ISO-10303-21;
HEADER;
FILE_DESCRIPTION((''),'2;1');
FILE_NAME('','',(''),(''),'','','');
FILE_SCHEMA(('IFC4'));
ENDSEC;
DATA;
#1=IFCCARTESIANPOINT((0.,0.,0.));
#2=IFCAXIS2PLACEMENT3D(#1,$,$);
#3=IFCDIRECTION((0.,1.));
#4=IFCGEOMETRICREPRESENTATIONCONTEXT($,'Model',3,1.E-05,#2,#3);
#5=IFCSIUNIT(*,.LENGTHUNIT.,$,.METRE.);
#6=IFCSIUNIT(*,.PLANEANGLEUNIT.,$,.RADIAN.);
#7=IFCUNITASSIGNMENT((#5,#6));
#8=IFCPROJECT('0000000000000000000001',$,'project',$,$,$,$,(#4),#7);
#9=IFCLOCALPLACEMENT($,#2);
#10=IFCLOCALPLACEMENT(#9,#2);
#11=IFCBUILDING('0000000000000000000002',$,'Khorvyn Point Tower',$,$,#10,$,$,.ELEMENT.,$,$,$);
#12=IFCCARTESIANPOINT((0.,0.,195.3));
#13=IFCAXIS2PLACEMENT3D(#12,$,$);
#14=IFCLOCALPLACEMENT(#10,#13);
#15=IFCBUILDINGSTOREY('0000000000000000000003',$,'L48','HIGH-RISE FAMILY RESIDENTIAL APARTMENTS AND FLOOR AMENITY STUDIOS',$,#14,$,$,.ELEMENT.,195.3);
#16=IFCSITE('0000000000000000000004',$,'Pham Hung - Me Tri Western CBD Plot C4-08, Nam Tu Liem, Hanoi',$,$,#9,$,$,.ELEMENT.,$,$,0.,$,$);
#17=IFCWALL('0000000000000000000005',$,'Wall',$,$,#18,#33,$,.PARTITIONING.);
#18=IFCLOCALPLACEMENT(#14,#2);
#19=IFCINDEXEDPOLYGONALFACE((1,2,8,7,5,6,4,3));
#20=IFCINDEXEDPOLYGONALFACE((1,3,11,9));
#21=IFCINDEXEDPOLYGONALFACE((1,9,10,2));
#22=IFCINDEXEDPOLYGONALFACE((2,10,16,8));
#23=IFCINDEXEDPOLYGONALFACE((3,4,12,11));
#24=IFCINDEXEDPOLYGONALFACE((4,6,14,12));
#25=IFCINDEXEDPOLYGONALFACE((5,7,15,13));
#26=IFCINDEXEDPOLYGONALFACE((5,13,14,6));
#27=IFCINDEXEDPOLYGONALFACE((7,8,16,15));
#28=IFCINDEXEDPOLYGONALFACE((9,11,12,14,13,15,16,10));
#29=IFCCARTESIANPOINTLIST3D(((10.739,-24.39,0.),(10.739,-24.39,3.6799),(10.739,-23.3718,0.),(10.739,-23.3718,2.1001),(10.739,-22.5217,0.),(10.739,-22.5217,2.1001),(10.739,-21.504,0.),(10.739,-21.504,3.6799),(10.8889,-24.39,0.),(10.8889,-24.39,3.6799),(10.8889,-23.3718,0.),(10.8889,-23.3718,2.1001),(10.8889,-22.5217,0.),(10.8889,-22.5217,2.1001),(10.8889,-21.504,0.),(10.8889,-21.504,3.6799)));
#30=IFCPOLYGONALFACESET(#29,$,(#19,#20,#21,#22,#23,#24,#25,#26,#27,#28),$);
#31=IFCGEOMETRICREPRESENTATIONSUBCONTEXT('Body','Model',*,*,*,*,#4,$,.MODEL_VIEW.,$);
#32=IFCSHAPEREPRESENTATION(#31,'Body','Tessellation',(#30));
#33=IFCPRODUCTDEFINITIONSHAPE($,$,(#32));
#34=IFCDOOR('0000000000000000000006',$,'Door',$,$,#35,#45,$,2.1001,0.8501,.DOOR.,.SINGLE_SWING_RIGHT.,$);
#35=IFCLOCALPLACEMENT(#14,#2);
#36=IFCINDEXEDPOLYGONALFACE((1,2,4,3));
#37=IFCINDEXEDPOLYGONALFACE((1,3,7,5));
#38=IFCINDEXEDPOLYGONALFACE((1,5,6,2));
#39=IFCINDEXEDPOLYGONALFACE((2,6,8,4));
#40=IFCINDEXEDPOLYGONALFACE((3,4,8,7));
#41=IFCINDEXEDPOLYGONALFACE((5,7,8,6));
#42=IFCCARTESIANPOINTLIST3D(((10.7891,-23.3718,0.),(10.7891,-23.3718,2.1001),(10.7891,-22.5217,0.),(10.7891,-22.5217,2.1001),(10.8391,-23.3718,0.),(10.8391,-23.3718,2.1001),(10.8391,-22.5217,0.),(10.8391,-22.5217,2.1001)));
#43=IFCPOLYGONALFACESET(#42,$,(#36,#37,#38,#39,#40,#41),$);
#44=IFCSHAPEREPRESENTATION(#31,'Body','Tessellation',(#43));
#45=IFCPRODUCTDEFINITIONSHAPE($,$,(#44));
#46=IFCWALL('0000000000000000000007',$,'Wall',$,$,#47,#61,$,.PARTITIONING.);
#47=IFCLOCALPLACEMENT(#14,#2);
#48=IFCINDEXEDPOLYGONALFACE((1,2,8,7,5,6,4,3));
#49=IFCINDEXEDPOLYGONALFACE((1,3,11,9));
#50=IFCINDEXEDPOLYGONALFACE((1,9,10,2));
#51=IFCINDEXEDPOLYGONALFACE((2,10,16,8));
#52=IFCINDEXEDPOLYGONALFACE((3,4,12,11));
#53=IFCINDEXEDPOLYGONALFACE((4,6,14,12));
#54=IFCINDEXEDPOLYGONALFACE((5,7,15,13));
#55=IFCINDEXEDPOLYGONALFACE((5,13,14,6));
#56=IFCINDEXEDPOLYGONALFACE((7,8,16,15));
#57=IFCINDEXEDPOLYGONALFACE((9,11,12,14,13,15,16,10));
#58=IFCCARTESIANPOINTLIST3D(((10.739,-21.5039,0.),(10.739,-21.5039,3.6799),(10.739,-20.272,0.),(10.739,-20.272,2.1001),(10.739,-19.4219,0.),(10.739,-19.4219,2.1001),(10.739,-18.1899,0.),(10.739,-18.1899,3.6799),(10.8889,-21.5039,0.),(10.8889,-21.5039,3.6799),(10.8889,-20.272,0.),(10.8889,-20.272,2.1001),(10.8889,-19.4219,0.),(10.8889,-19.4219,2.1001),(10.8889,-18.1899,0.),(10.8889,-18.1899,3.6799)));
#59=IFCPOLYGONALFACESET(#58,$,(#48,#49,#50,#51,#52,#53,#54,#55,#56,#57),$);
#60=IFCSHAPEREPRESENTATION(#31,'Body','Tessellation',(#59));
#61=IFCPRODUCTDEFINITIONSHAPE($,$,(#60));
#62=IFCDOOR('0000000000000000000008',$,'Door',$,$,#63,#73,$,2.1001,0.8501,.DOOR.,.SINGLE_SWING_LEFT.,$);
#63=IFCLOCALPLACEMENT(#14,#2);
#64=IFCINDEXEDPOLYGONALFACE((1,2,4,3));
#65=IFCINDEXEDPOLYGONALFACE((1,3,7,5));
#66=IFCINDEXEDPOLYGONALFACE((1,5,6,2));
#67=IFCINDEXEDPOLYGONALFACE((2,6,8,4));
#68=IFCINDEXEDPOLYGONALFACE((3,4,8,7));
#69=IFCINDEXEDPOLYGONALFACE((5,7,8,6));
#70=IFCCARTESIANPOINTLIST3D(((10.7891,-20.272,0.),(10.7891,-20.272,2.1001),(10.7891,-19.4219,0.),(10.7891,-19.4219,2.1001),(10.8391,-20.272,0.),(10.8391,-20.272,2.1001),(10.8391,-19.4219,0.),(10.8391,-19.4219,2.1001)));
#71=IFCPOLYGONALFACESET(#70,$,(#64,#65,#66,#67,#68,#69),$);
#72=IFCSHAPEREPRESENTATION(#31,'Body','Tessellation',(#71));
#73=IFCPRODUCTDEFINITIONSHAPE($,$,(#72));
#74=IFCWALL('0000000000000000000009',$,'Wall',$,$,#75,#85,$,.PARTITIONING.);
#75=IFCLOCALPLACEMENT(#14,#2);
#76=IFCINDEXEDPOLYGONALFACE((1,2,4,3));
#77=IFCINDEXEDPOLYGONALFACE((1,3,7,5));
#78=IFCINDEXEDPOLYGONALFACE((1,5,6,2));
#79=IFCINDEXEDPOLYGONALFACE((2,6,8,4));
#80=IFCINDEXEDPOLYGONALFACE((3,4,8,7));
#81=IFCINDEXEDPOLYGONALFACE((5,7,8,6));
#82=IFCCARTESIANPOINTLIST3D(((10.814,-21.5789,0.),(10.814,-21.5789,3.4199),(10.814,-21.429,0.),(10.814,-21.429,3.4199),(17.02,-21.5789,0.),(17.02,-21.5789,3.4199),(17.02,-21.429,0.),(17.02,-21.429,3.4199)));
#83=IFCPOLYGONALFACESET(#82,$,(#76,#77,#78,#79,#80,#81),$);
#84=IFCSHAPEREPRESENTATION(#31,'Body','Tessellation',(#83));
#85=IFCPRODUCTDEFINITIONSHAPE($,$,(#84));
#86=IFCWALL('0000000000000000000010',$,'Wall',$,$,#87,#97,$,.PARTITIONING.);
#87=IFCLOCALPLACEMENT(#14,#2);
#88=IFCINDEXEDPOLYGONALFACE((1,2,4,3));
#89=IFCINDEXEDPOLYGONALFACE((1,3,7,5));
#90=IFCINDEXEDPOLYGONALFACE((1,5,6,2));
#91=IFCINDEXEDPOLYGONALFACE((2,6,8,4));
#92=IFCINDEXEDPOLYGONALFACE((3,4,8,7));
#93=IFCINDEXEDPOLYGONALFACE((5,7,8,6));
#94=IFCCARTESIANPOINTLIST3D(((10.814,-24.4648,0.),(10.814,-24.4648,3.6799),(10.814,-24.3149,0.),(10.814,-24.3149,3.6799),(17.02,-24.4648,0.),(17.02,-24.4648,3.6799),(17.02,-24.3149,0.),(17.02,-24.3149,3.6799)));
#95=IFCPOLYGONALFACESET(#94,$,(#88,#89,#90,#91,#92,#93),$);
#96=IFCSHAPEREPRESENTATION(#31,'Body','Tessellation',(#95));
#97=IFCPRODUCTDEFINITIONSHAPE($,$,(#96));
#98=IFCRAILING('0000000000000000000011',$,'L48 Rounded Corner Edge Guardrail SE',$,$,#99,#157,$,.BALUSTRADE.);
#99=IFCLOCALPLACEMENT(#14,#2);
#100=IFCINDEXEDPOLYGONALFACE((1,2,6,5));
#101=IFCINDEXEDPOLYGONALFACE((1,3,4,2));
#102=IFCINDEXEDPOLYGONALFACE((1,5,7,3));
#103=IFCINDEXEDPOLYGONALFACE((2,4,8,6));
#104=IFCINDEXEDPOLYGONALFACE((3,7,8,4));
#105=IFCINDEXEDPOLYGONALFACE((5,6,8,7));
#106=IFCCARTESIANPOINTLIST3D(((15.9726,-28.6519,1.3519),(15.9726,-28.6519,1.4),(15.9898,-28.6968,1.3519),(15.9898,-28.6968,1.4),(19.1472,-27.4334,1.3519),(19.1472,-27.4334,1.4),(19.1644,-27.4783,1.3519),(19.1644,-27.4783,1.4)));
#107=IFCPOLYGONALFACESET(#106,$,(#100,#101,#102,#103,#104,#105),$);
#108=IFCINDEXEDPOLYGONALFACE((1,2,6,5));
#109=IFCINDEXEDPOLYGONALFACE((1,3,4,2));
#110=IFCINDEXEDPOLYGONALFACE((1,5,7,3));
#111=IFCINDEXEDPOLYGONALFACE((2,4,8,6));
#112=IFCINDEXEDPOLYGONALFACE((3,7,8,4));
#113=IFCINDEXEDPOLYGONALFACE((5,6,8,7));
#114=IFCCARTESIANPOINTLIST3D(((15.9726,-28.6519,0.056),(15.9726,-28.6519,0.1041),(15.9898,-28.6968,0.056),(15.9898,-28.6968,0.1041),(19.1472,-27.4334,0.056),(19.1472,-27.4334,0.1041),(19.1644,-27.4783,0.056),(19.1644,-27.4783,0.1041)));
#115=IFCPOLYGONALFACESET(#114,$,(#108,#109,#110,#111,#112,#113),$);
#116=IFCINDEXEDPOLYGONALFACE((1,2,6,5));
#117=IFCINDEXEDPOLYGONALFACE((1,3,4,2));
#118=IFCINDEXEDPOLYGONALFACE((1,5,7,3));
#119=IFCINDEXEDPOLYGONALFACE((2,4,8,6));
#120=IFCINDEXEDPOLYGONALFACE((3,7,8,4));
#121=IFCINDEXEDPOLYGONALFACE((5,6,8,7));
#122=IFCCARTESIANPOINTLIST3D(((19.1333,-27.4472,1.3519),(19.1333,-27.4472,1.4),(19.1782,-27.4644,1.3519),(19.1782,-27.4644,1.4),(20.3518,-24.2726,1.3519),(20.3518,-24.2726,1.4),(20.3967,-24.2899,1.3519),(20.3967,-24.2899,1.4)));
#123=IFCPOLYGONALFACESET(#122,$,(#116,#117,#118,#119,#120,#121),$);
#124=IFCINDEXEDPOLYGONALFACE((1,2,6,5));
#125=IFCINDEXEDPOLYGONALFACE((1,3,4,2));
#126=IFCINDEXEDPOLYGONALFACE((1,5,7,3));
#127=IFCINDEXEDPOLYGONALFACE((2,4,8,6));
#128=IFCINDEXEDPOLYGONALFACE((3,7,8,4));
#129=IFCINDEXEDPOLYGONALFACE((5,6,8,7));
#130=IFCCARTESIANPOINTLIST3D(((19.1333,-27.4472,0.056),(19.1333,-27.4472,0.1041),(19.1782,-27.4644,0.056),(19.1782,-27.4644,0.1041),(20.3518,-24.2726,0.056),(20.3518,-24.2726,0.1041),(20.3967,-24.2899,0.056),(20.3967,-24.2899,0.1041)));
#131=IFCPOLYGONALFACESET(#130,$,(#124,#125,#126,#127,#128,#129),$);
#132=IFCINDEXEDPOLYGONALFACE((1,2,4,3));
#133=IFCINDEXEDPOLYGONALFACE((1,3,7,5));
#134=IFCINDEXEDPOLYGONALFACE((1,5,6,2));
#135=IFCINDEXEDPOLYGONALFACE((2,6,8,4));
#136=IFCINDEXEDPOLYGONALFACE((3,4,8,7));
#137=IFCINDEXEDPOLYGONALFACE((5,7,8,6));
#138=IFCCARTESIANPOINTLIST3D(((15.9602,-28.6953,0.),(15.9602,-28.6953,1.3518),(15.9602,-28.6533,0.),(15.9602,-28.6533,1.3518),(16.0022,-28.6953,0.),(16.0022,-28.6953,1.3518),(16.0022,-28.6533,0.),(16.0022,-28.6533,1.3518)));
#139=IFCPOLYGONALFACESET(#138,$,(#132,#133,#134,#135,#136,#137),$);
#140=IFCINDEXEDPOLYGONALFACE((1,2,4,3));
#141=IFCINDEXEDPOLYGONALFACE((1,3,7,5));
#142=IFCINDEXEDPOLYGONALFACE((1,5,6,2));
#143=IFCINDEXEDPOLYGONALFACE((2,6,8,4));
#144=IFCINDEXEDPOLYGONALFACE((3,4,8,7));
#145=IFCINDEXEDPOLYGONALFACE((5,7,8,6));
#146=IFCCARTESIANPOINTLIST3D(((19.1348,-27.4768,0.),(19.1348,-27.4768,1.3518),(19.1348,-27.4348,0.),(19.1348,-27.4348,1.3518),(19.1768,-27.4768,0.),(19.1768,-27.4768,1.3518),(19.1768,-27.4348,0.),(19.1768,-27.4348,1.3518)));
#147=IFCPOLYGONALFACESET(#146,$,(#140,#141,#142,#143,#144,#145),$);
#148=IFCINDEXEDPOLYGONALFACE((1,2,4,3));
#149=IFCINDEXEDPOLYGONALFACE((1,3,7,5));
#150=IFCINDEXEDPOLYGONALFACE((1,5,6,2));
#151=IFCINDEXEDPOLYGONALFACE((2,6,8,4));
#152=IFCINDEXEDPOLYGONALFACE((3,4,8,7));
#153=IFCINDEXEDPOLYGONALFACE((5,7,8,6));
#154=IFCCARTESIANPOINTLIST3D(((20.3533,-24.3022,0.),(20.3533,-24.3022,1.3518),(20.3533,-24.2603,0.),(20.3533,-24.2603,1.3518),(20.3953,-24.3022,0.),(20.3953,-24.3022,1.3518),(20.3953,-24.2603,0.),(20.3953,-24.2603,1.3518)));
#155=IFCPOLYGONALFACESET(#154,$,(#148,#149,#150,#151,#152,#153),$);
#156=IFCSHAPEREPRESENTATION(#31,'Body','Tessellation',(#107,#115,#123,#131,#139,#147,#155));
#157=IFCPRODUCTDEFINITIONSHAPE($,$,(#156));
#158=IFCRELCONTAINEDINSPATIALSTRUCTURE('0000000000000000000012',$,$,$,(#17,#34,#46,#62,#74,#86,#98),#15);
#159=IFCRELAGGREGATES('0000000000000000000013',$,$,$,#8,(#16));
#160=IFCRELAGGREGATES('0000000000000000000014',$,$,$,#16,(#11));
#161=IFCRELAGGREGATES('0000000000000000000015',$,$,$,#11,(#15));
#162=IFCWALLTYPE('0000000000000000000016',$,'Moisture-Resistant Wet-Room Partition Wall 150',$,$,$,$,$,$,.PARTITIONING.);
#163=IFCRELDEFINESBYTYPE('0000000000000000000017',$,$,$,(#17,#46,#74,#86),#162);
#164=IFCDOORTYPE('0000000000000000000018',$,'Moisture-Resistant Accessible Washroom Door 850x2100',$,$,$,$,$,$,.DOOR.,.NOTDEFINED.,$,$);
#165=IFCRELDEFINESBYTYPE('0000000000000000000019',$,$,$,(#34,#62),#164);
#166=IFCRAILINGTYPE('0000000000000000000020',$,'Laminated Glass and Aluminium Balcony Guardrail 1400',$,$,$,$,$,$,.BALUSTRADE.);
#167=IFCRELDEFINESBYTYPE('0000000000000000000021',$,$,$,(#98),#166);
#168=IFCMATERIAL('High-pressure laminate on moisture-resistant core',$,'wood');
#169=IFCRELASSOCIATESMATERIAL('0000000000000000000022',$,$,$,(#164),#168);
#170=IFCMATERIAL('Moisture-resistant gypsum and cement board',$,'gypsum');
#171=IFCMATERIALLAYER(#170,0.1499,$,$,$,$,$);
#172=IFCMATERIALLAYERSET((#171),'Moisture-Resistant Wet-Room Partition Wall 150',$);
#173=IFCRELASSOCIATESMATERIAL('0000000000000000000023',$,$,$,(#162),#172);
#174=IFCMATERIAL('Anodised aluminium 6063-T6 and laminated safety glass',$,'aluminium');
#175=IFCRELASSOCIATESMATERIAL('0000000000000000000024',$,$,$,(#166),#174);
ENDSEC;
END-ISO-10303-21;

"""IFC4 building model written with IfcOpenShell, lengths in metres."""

from ifc_helpers import new_model, si_unit, direction, frame, frame_2d, origin, origin_2d, place, context, subcontext, project, spatial, rectangle, extrude, material, layer, layer_set, type_object, element, fill, save


model = new_model("IFC4")

# Units and contexts
model_context = context("Model", 3, precision=1e-05, world=origin(), true_north=direction((0.0, 1.0)))
body_context = subcontext(model_context, "Body", "Model", "MODEL_VIEW")
ifc_project = project(units=[si_unit("LENGTHUNIT", "METRE"), si_unit("PLANEANGLEUNIT", "RADIAN")], contexts=[model_context])

# Site, building, storey
site_placement = place(None, origin())
site = spatial("IfcSite", under=ifc_project, at=site_placement, Name="Pham Hung - Me Tri Western CBD Plot C4-08, Nam Tu Liem, Hanoi", CompositionType="ELEMENT", RefElevation=0.0)
building_placement = place(site_placement, origin())
building = spatial("IfcBuilding", under=site, at=building_placement, Name="Khorvyn Point Tower", CompositionType="ELEMENT")
storey_placement = place(building_placement, frame((0.0, 0.0, 195.3)))
storey = spatial("IfcBuildingStorey", under=building, at=storey_placement, Name="L48", Description="HIGH-RISE FAMILY RESIDENTIAL APARTMENTS AND FLOOR AMENITY STUDIOS", CompositionType="ELEMENT", Elevation=195.3)

# Walls, openings, doors
ifc_material_1 = material(Name="High-pressure laminate on moisture-resistant core", Category="wood")
door_type_1 = type_object("IfcDoorType", Name="Moisture-Resistant Accessible Washroom Door 850x2100", OperationType="NOTDEFINED", PredefinedType="DOOR", material=ifc_material_1)
ifc_material_2 = material(Name="Moisture-resistant gypsum and cement board", Category="gypsum")
ifc_layer_1 = layer(ifc_material_2, 0.1499)
ifc_layer_set_1 = layer_set([ifc_layer_1], Name="Moisture-Resistant Wet-Room Partition Wall 150")
wall_type_1 = type_object("IfcWallType", Name="Moisture-Resistant Wet-Room Partition Wall 150", PredefinedType="PARTITIONING", material=ifc_layer_set_1)
wall_1_placement = place(storey_placement, frame((10.814, -24.3899, 0.0), z_axis=(0.0, 0.0, 1.0), x_axis=(0.0, 1.0, 0.0)))
wall_1 = element("IfcWall", 1, at=wall_1_placement, inside=storey, type_object=wall_type_1, Name="Wall", PredefinedType="PARTITIONING", context=body_context, shape_type="SweptSolid", body=[
    extrude(rectangle(XDim=2.886, YDim=0.1499, at=frame_2d((1.4429, 0.0))), origin(), (0.0, 0.0, 1.0), 3.6799),
])
opening_1_placement = place(wall_1_placement, frame((1.0181, 0.0, 0.0)))
opening_1 = element("IfcOpeningElement", 2, at=opening_1_placement, cuts=wall_1, PredefinedType="OPENING", context=body_context, shape_type="SweptSolid", body=[
    extrude(rectangle(XDim=0.8501, YDim=2.1001, at=frame_2d((0.425, 1.05))), frame((0.0, 0.085, 0.0), z_axis=(0.0, -1.0, 0.0), x_axis=(1.0, 0.0, 0.0)), (0.0, 0.0, 1.0), 0.1699),
])
door_1_placement = place(opening_1_placement, origin())
door_1 = element("IfcDoor", 3, at=door_1_placement, inside=storey, type_object=door_type_1, Name="Door", OperationType="SINGLE_SWING_RIGHT", OverallHeight=2.1001, OverallWidth=0.8501, PredefinedType="DOOR", context=body_context, shape_type="SweptSolid", body=[
    extrude(rectangle(XDim=0.8501, YDim=2.1001, at=frame_2d((0.425, 1.05))), frame((0.0, 0.0249, 0.0), z_axis=(0.0, -1.0, 0.0), x_axis=(1.0, 0.0, 0.0)), (0.0, 0.0, 1.0), 0.05),
])
fill(opening_1, door_1)
wall_2_placement = place(storey_placement, frame((10.814, -21.5039, 0.0), z_axis=(0.0, 0.0, 1.0), x_axis=(0.0, 1.0, 0.0)))
wall_2 = element("IfcWall", 4, at=wall_2_placement, inside=storey, type_object=wall_type_1, Name="Wall", PredefinedType="PARTITIONING", context=body_context, shape_type="SweptSolid", body=[
    extrude(rectangle(XDim=3.314, YDim=0.1499, at=frame_2d((1.657, 0.0))), origin(), (0.0, 0.0, 1.0), 3.6799),
])
opening_2_placement = place(wall_2_placement, frame((1.2319, 0.0, 0.0)))
opening_2 = element("IfcOpeningElement", 5, at=opening_2_placement, cuts=wall_2, PredefinedType="OPENING", context=body_context, shape_type="SweptSolid", body=[
    extrude(rectangle(XDim=0.8501, YDim=2.1001, at=frame_2d((0.425, 1.05))), frame((0.0, 0.085, 0.0), z_axis=(0.0, -1.0, 0.0), x_axis=(1.0, 0.0, 0.0)), (0.0, 0.0, 1.0), 0.1699),
])
door_2_placement = place(opening_2_placement, origin())
door_2 = element("IfcDoor", 6, at=door_2_placement, inside=storey, type_object=door_type_1, Name="Door", OperationType="SINGLE_SWING_LEFT", OverallHeight=2.1001, OverallWidth=0.8501, PredefinedType="DOOR", context=body_context, shape_type="SweptSolid", body=[
    extrude(rectangle(XDim=0.8501, YDim=2.1001, at=frame_2d((0.425, 1.05))), frame((0.0, 0.0249, 0.0), z_axis=(0.0, -1.0, 0.0), x_axis=(1.0, 0.0, 0.0)), (0.0, 0.0, 1.0), 0.05),
])
fill(opening_2, door_2)

# Walls
wall_3_placement = place(storey_placement, frame((10.814, -21.5039, 0.0), z_axis=(0.0, 0.0, 1.0), x_axis=(1.0, 0.0, 0.0)))
element("IfcWall", 7, at=wall_3_placement, inside=storey, type_object=wall_type_1, Name="Wall", PredefinedType="PARTITIONING", context=body_context, shape_type="SweptSolid", body=[
    extrude(rectangle(XDim=6.2061, YDim=0.1499, at=frame_2d((3.103, 0.0))), origin(), (0.0, 0.0, 1.0), 3.4199),
])
wall_4_placement = place(storey_placement, frame((10.814, -24.3899, 0.0), z_axis=(0.0, 0.0, 1.0), x_axis=(1.0, 0.0, 0.0)))
element("IfcWall", 8, at=wall_4_placement, inside=storey, type_object=wall_type_1, Name="Wall", PredefinedType="PARTITIONING", context=body_context, shape_type="SweptSolid", body=[
    extrude(rectangle(XDim=6.2061, YDim=0.1499, at=frame_2d((3.103, 0.0))), origin(), (0.0, 0.0, 1.0), 3.6799),
])

# Railing
ifc_material_3 = material(Name="Anodised aluminium 6063-T6 and laminated safety glass", Category="aluminium")
railing_type = type_object("IfcRailingType", Name="Laminated Glass and Aluminium Balcony Guardrail 1400", PredefinedType="BALUSTRADE", material=ifc_material_3)
railing_1_placement = place(storey_placement, frame((15.9812, -28.6743, 0.0)))
element("IfcRailing", 9, at=railing_1_placement, inside=storey, type_object=railing_type, Name="L48 Rounded Corner Edge Guardrail SE", PredefinedType="BALUSTRADE", context=body_context, shape_type="SweptSolid", body=[
    extrude(rectangle(XDim=0.0481, YDim=0.0481, at=origin_2d()), frame((0.0, 0.0, 1.376), z_axis=(0.93359, 0.358344, 0.0), x_axis=(-0.358344, 0.93359, 0.0)), (0.0, 0.0, 1.0), 3.4004),
    extrude(rectangle(XDim=0.0481, YDim=0.0481, at=origin_2d()), frame((0.0, 0.0, 0.0801), z_axis=(0.93359, 0.358344, 0.0), x_axis=(-0.358344, 0.93359, 0.0)), (0.0, 0.0, 1.0), 3.4004),
    extrude(rectangle(XDim=0.0481, YDim=0.0481, at=origin_2d()), frame((3.1746, 1.2185, 1.376), z_axis=(0.358344, 0.93359, 0.0), x_axis=(-0.93359, 0.358344, 0.0)), (0.0, 0.0, 1.0), 3.4004),
    extrude(rectangle(XDim=0.0481, YDim=0.0481, at=origin_2d()), frame((3.1746, 1.2185, 0.0801), z_axis=(0.358344, 0.93359, 0.0), x_axis=(-0.93359, 0.358344, 0.0)), (0.0, 0.0, 1.0), 3.4004),
    extrude(rectangle(XDim=0.042, YDim=0.042, at=origin_2d()), origin(), (0.0, 0.0, 1.0), 1.3518),
    extrude(rectangle(XDim=0.042, YDim=0.042, at=origin_2d()), frame((3.1746, 1.2185, 0.0)), (0.0, 0.0, 1.0), 1.3518),
    extrude(rectangle(XDim=0.042, YDim=0.042, at=origin_2d()), frame((4.3931, 4.3931, 0.0)), (0.0, 0.0, 1.0), 1.3518),
])

save(model, "model.ifc")
